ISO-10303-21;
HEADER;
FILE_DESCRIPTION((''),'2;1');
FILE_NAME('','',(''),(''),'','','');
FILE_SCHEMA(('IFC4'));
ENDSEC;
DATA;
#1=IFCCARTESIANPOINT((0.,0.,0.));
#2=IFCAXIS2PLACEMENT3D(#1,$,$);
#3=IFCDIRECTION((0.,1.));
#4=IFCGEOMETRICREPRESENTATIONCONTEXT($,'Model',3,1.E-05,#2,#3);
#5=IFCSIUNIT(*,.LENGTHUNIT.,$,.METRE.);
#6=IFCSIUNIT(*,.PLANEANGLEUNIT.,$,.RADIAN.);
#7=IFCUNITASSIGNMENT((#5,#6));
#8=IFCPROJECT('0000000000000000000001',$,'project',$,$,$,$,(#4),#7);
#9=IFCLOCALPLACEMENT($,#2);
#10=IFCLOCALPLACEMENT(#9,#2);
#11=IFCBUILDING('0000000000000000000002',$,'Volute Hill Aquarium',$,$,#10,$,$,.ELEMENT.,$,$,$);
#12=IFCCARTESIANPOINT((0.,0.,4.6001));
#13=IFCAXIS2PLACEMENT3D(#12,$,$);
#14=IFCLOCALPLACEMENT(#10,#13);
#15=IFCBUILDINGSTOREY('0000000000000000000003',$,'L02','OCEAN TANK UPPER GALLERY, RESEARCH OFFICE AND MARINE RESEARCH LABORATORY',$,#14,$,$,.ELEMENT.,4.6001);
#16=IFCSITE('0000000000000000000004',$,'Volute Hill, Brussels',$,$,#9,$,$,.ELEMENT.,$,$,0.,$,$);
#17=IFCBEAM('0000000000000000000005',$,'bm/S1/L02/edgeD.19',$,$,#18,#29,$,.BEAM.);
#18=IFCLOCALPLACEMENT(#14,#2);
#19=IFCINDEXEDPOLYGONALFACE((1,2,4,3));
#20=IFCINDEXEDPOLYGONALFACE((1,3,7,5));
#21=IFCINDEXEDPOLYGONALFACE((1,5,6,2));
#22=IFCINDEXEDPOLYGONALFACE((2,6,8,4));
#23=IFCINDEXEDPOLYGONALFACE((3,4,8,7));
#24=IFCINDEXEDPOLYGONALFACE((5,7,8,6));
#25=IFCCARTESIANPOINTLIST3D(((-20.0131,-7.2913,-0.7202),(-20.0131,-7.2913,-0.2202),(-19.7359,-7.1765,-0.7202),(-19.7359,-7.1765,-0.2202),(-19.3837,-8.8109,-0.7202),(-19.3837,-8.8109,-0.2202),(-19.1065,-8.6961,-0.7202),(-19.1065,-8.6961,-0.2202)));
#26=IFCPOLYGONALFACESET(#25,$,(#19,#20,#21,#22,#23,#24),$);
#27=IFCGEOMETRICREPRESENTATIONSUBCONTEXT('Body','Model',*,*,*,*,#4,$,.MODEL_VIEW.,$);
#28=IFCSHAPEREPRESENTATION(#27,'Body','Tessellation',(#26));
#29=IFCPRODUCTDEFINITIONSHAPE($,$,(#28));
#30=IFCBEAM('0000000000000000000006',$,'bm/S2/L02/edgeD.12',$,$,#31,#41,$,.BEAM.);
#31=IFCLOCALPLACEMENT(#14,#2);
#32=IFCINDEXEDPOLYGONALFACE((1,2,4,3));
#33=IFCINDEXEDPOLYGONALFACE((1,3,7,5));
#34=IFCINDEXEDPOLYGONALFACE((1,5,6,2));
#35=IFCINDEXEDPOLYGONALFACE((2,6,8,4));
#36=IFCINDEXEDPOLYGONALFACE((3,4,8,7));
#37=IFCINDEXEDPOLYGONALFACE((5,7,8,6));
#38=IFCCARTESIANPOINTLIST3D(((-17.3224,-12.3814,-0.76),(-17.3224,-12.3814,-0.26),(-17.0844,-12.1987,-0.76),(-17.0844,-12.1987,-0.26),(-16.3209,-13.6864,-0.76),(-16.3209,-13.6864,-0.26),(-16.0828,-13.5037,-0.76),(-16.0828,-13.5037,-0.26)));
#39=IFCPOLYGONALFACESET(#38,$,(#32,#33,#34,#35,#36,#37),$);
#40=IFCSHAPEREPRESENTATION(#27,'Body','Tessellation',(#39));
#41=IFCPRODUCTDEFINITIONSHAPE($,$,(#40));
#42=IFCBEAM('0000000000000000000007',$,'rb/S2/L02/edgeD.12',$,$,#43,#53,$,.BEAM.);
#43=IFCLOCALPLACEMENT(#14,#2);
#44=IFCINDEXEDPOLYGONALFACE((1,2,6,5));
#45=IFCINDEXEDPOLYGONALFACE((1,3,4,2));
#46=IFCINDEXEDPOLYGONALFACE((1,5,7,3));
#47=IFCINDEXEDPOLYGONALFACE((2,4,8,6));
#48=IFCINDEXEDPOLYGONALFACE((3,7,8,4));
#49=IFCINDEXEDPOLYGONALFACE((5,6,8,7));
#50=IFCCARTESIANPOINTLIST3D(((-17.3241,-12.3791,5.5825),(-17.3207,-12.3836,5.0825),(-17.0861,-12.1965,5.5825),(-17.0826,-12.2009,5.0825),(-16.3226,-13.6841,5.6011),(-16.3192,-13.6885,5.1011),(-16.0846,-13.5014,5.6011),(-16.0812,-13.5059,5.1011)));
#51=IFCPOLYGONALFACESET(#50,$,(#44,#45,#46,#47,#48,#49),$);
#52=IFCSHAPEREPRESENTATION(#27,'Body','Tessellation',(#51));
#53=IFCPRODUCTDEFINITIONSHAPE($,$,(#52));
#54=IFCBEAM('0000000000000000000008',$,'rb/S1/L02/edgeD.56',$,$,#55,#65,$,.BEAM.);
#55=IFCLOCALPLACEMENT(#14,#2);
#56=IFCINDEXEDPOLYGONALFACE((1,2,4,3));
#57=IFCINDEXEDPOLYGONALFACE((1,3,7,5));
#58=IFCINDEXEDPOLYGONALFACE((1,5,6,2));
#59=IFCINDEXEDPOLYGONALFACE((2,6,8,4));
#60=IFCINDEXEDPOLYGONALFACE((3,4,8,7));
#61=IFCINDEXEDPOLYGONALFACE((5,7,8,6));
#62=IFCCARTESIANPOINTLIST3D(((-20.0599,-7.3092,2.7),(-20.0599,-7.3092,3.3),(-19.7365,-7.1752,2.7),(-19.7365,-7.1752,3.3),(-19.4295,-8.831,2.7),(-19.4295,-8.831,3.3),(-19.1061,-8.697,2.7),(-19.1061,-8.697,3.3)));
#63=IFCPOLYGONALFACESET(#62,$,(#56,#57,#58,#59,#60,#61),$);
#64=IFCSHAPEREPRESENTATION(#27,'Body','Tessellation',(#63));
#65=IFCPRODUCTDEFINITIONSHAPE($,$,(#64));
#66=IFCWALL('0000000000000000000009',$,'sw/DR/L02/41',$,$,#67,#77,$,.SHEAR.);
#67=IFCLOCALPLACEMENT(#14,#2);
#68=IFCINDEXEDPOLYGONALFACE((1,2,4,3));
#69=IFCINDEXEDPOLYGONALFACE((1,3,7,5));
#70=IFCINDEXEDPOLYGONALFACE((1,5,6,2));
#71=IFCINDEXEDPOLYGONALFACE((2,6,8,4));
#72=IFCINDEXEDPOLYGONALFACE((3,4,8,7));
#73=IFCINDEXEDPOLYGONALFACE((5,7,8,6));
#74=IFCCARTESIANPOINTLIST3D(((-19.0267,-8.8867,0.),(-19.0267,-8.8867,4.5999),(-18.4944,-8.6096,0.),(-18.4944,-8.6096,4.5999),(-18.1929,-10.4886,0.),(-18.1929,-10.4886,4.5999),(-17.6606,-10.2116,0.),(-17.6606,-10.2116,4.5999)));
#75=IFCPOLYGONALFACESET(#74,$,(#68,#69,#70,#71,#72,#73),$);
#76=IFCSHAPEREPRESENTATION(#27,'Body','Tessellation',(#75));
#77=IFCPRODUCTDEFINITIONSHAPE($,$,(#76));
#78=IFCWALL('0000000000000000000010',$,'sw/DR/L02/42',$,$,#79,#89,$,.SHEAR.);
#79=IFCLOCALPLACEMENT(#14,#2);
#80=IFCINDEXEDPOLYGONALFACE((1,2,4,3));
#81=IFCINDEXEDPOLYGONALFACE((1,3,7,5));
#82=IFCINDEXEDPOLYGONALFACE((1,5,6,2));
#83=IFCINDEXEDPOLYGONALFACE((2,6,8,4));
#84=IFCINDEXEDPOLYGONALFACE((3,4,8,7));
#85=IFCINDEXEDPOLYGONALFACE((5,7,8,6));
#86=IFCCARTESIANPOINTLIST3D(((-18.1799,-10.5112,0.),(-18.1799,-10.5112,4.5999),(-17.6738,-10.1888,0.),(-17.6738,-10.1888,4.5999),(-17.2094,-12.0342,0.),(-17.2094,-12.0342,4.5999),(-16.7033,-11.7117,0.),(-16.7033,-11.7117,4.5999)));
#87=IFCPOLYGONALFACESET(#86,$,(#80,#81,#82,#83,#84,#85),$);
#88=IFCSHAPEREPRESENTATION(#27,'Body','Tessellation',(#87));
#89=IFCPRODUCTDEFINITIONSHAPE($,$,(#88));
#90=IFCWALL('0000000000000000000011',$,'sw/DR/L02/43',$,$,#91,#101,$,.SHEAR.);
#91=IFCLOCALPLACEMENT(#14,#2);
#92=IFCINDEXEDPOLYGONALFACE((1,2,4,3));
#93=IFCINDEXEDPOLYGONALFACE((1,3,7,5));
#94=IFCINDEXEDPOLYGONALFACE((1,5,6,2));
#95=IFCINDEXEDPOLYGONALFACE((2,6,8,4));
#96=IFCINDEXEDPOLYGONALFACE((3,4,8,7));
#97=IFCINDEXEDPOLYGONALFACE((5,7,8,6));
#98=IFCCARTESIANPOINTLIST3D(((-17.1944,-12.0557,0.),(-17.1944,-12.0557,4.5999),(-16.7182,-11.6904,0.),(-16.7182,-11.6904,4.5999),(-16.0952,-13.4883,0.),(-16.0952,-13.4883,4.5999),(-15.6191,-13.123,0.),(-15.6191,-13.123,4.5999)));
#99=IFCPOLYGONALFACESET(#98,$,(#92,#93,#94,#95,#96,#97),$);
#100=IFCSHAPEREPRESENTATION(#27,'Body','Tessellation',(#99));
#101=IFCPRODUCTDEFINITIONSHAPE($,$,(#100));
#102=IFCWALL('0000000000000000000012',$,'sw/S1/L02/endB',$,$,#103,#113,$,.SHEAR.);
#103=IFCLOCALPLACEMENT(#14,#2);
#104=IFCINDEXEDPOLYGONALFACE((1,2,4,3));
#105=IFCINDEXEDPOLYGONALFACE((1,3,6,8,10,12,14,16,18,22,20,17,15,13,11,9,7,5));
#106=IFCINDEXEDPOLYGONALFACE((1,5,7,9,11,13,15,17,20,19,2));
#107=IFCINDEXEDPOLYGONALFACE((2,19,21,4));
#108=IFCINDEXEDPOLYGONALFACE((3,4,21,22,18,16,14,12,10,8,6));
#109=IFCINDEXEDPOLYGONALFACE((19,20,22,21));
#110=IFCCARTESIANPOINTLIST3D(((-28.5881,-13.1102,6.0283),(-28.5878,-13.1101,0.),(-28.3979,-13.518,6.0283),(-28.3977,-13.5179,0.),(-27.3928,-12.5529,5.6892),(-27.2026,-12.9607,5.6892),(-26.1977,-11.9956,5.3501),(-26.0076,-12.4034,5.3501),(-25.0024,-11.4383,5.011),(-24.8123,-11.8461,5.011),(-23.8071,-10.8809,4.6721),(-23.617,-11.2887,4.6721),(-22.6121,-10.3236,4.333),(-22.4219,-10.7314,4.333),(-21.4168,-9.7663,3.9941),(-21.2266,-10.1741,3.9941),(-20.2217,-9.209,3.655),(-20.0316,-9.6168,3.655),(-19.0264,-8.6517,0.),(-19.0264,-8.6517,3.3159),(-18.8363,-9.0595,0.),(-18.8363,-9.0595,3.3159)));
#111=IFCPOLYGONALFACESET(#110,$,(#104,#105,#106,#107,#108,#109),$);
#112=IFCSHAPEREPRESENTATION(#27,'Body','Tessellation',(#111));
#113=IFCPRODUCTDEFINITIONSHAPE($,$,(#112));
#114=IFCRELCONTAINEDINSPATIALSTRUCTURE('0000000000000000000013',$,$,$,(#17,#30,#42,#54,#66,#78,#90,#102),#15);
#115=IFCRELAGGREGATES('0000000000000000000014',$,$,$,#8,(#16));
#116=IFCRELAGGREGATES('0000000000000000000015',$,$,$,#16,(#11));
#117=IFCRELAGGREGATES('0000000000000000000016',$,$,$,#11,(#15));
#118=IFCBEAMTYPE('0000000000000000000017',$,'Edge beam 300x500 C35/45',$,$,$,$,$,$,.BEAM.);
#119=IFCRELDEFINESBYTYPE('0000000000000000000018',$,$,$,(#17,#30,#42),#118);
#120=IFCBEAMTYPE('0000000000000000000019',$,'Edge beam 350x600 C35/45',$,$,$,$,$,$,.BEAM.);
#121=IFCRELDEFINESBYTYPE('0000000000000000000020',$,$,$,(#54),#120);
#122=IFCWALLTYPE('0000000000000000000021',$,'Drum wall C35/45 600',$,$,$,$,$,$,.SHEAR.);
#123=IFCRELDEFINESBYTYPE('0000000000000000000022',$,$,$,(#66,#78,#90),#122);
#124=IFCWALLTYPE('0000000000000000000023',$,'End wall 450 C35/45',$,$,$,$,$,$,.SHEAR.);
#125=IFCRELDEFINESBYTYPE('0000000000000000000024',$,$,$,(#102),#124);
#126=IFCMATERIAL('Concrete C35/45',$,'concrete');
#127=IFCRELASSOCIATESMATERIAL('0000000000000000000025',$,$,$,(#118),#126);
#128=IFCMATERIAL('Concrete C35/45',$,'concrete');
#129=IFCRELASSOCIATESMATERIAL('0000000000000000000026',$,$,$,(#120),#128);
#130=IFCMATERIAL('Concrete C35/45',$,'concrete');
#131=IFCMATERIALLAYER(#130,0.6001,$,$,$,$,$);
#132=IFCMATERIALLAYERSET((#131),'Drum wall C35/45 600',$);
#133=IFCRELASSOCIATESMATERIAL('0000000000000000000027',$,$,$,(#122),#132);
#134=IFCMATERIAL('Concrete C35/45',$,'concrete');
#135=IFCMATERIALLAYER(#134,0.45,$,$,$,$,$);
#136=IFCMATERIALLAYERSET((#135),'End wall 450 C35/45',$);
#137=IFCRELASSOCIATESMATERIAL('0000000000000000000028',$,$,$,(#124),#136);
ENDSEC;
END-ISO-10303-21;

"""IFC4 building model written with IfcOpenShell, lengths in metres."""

from ifc_helpers import new_model, si_unit, direction, frame, frame_2d, origin, origin_2d, place, context, subcontext, project, spatial, polyline, rectangle, outline, extrude, material, layer, layer_set, material_profile, profile_set, type_object, element, save


model = new_model("IFC4")

# Units and contexts
model_context = context("Model", 3, precision=1e-05, world=origin(), true_north=direction((0.0, 1.0)))
body_context = subcontext(model_context, "Body", "Model", "MODEL_VIEW")
ifc_project = project(units=[si_unit("LENGTHUNIT", "METRE"), si_unit("PLANEANGLEUNIT", "RADIAN")], contexts=[model_context])

# Site, building, storey
site_placement = place(None, origin())
site = spatial("IfcSite", under=ifc_project, at=site_placement, Name="Volute Hill, Brussels", CompositionType="ELEMENT", RefElevation=0.0)
building_placement = place(site_placement, origin())
building = spatial("IfcBuilding", under=site, at=building_placement, Name="Volute Hill Aquarium", CompositionType="ELEMENT")
storey_placement = place(building_placement, frame((0.0, 0.0, 4.6001)))
storey = spatial("IfcBuildingStorey", under=building, at=storey_placement, Name="L02", Description="OCEAN TANK UPPER GALLERY, RESEARCH OFFICE AND MARINE RESEARCH LABORATORY", CompositionType="ELEMENT", Elevation=4.6001)

# Beams
ifc_material_1 = material(Name="Concrete C35/45", Category="concrete")
ifc_material_profile_1 = material_profile(ifc_material_1, rectangle(XDim=0.3, YDim=0.5, at=origin_2d()), Name="RC edge beam 300x500")
ifc_profile_set_1 = profile_set([ifc_material_profile_1], Name="Concrete C35/45")
beam_type_1 = type_object("IfcBeamType", Name="Edge beam 300x500 C35/45", PredefinedType="BEAM", material=ifc_profile_set_1)
beam_1_placement = place(storey_placement, frame((-19.8745, -7.2339, -0.4702), z_axis=(0.382675, -0.923883, 0.0), x_axis=(0.923883, 0.382675, 0.0)))
element("IfcBeam", 1, at=beam_1_placement, inside=storey, type_object=beam_type_1, Name="bm/S1/L02/edgeD.19", PredefinedType="BEAM", context=body_context, shape_type="SweptSolid", body=[
    extrude(rectangle(XDim=0.3, YDim=0.5, at=origin_2d()), origin(), (0.0, 0.0, 1.0), 1.6448),
])
for number, where, z_axis, x_axis, name in (
    (2, (-17.2034, -12.29, -0.51), (0.608821, -0.793308, 0.0), (0.793308, 0.608821, 0.0), "bm/S2/L02/edgeD.12"),
    (3, (-17.2034, -12.29, 5.3325), (0.608782, -0.793257, 0.011279), (0.793308, 0.608821, 0.0), "rb/S2/L02/edgeD.12"),
):
    element("IfcBeam", number, at=place(storey_placement, frame(where, z_axis=z_axis, x_axis=x_axis)), inside=storey, type_object=beam_type_1, Name=name, PredefinedType="BEAM", context=body_context, shape_type="SweptSolid", body=[
        extrude(rectangle(XDim=0.3, YDim=0.5, at=origin_2d()), origin(), (0.0, 0.0, 1.0), 1.645),
    ])
ifc_material_2 = material(Name="Concrete C35/45", Category="concrete")
ifc_material_profile_2 = material_profile(ifc_material_2, rectangle(XDim=0.3501, YDim=0.6001, at=origin_2d()), Name="RC edge beam 350x600")
ifc_profile_set_2 = profile_set([ifc_material_profile_2], Name="Concrete C35/45")
beam_type_2 = type_object("IfcBeamType", Name="Edge beam 350x600 C35/45", PredefinedType="BEAM", material=ifc_profile_set_2)
beam_2_placement = place(storey_placement, frame((-19.8982, -7.2422, 3.0), z_axis=(0.38271, -0.923869, 0.0), x_axis=(0.923869, 0.38271, 0.0)))
element("IfcBeam", 4, at=beam_2_placement, inside=storey, type_object=beam_type_2, Name="rb/S1/L02/edgeD.56", PredefinedType="BEAM", context=body_context, shape_type="SweptSolid", body=[
    extrude(rectangle(XDim=0.3501, YDim=0.6001, at=origin_2d()), origin(), (0.0, 0.0, 1.0), 1.6472),
])

# Walls
ifc_material_3 = material(Name="Concrete C35/45", Category="concrete")
ifc_layer_1 = layer(ifc_material_3, 0.6001)
ifc_layer_set_1 = layer_set([ifc_layer_1], Name="Drum wall C35/45 600")
wall_type_1 = type_object("IfcWallType", Name="Drum wall C35/45 600", PredefinedType="SHEAR", material=ifc_layer_set_1)
for number, where, z_axis, x_axis, name in (
    (5, (-18.7605, -8.7483, 0.0), (0.0, 0.0, 1.0), (0.461702, -0.887035, 0.0), "sw/DR/L02/41"),
    (6, (-17.9268, -10.3501, 0.0), (0.0, 0.0, 1.0), (0.537392, -0.843333, 0.0), "sw/DR/L02/42"),
):
    element("IfcWall", number, at=place(storey_placement, frame(where, z_axis=z_axis, x_axis=x_axis)), inside=storey, type_object=wall_type_1, Name=name, PredefinedType="SHEAR", context=body_context, shape_type="SweptSolid", body=[
        extrude(rectangle(XDim=1.8059, YDim=0.6001, at=frame_2d((0.9028, 0.0))), origin(), (0.0, 0.0, 1.0), 4.5999),
    ])
wall_1_placement = place(storey_placement, frame((-16.9563, -11.873, 0.0), z_axis=(0.0, 0.0, 1.0), x_axis=(0.608704, -0.793397, 0.0)))
element("IfcWall", 7, at=wall_1_placement, inside=storey, type_object=wall_type_1, Name="sw/DR/L02/43", PredefinedType="SHEAR", context=body_context, shape_type="SweptSolid", body=[
    extrude(rectangle(XDim=1.8057, YDim=0.6001, at=frame_2d((0.9028, 0.0))), origin(), (0.0, 0.0, 1.0), 4.5999),
])
ifc_material_4 = material(Name="Concrete C35/45", Category="concrete")
ifc_layer_2 = layer(ifc_material_4, 0.45)
ifc_layer_set_2 = layer_set([ifc_layer_2], Name="End wall 450 C35/45")
wall_type_2 = type_object("IfcWallType", Name="End wall 450 C35/45", PredefinedType="SHEAR", material=ifc_layer_set_2)
wall_2_placement = place(storey_placement, frame((-18.9314, -8.8555, 0.0), z_axis=(0.0, 0.0, 1.0), x_axis=(-0.906312, -0.422609, 0.0)))
element("IfcWall", 8, at=wall_2_placement, inside=storey, type_object=wall_type_2, Name="sw/S1/L02/endB", PredefinedType="SHEAR", context=body_context, shape_type="SweptSolid", body=[
    extrude(outline(polyline([(0.0, 0.0), (10.5498, 0.0), (10.55, 6.0283), (9.2312, 5.6892), (7.9126, 5.3501), (6.5938, 5.011), (5.2749, 4.6721), (3.9563, 4.333), (2.6375, 3.9941), (1.3188, 3.655), (0.0, 3.3159), (0.0, 0.0)])), frame((0.0, 0.2251, 0.0), z_axis=(0.0, -1.0, 0.0), x_axis=(1.0, 0.0, 0.0)), (0.0, 0.0, 1.0), 0.45),
])

save(model, "model.ifc")
